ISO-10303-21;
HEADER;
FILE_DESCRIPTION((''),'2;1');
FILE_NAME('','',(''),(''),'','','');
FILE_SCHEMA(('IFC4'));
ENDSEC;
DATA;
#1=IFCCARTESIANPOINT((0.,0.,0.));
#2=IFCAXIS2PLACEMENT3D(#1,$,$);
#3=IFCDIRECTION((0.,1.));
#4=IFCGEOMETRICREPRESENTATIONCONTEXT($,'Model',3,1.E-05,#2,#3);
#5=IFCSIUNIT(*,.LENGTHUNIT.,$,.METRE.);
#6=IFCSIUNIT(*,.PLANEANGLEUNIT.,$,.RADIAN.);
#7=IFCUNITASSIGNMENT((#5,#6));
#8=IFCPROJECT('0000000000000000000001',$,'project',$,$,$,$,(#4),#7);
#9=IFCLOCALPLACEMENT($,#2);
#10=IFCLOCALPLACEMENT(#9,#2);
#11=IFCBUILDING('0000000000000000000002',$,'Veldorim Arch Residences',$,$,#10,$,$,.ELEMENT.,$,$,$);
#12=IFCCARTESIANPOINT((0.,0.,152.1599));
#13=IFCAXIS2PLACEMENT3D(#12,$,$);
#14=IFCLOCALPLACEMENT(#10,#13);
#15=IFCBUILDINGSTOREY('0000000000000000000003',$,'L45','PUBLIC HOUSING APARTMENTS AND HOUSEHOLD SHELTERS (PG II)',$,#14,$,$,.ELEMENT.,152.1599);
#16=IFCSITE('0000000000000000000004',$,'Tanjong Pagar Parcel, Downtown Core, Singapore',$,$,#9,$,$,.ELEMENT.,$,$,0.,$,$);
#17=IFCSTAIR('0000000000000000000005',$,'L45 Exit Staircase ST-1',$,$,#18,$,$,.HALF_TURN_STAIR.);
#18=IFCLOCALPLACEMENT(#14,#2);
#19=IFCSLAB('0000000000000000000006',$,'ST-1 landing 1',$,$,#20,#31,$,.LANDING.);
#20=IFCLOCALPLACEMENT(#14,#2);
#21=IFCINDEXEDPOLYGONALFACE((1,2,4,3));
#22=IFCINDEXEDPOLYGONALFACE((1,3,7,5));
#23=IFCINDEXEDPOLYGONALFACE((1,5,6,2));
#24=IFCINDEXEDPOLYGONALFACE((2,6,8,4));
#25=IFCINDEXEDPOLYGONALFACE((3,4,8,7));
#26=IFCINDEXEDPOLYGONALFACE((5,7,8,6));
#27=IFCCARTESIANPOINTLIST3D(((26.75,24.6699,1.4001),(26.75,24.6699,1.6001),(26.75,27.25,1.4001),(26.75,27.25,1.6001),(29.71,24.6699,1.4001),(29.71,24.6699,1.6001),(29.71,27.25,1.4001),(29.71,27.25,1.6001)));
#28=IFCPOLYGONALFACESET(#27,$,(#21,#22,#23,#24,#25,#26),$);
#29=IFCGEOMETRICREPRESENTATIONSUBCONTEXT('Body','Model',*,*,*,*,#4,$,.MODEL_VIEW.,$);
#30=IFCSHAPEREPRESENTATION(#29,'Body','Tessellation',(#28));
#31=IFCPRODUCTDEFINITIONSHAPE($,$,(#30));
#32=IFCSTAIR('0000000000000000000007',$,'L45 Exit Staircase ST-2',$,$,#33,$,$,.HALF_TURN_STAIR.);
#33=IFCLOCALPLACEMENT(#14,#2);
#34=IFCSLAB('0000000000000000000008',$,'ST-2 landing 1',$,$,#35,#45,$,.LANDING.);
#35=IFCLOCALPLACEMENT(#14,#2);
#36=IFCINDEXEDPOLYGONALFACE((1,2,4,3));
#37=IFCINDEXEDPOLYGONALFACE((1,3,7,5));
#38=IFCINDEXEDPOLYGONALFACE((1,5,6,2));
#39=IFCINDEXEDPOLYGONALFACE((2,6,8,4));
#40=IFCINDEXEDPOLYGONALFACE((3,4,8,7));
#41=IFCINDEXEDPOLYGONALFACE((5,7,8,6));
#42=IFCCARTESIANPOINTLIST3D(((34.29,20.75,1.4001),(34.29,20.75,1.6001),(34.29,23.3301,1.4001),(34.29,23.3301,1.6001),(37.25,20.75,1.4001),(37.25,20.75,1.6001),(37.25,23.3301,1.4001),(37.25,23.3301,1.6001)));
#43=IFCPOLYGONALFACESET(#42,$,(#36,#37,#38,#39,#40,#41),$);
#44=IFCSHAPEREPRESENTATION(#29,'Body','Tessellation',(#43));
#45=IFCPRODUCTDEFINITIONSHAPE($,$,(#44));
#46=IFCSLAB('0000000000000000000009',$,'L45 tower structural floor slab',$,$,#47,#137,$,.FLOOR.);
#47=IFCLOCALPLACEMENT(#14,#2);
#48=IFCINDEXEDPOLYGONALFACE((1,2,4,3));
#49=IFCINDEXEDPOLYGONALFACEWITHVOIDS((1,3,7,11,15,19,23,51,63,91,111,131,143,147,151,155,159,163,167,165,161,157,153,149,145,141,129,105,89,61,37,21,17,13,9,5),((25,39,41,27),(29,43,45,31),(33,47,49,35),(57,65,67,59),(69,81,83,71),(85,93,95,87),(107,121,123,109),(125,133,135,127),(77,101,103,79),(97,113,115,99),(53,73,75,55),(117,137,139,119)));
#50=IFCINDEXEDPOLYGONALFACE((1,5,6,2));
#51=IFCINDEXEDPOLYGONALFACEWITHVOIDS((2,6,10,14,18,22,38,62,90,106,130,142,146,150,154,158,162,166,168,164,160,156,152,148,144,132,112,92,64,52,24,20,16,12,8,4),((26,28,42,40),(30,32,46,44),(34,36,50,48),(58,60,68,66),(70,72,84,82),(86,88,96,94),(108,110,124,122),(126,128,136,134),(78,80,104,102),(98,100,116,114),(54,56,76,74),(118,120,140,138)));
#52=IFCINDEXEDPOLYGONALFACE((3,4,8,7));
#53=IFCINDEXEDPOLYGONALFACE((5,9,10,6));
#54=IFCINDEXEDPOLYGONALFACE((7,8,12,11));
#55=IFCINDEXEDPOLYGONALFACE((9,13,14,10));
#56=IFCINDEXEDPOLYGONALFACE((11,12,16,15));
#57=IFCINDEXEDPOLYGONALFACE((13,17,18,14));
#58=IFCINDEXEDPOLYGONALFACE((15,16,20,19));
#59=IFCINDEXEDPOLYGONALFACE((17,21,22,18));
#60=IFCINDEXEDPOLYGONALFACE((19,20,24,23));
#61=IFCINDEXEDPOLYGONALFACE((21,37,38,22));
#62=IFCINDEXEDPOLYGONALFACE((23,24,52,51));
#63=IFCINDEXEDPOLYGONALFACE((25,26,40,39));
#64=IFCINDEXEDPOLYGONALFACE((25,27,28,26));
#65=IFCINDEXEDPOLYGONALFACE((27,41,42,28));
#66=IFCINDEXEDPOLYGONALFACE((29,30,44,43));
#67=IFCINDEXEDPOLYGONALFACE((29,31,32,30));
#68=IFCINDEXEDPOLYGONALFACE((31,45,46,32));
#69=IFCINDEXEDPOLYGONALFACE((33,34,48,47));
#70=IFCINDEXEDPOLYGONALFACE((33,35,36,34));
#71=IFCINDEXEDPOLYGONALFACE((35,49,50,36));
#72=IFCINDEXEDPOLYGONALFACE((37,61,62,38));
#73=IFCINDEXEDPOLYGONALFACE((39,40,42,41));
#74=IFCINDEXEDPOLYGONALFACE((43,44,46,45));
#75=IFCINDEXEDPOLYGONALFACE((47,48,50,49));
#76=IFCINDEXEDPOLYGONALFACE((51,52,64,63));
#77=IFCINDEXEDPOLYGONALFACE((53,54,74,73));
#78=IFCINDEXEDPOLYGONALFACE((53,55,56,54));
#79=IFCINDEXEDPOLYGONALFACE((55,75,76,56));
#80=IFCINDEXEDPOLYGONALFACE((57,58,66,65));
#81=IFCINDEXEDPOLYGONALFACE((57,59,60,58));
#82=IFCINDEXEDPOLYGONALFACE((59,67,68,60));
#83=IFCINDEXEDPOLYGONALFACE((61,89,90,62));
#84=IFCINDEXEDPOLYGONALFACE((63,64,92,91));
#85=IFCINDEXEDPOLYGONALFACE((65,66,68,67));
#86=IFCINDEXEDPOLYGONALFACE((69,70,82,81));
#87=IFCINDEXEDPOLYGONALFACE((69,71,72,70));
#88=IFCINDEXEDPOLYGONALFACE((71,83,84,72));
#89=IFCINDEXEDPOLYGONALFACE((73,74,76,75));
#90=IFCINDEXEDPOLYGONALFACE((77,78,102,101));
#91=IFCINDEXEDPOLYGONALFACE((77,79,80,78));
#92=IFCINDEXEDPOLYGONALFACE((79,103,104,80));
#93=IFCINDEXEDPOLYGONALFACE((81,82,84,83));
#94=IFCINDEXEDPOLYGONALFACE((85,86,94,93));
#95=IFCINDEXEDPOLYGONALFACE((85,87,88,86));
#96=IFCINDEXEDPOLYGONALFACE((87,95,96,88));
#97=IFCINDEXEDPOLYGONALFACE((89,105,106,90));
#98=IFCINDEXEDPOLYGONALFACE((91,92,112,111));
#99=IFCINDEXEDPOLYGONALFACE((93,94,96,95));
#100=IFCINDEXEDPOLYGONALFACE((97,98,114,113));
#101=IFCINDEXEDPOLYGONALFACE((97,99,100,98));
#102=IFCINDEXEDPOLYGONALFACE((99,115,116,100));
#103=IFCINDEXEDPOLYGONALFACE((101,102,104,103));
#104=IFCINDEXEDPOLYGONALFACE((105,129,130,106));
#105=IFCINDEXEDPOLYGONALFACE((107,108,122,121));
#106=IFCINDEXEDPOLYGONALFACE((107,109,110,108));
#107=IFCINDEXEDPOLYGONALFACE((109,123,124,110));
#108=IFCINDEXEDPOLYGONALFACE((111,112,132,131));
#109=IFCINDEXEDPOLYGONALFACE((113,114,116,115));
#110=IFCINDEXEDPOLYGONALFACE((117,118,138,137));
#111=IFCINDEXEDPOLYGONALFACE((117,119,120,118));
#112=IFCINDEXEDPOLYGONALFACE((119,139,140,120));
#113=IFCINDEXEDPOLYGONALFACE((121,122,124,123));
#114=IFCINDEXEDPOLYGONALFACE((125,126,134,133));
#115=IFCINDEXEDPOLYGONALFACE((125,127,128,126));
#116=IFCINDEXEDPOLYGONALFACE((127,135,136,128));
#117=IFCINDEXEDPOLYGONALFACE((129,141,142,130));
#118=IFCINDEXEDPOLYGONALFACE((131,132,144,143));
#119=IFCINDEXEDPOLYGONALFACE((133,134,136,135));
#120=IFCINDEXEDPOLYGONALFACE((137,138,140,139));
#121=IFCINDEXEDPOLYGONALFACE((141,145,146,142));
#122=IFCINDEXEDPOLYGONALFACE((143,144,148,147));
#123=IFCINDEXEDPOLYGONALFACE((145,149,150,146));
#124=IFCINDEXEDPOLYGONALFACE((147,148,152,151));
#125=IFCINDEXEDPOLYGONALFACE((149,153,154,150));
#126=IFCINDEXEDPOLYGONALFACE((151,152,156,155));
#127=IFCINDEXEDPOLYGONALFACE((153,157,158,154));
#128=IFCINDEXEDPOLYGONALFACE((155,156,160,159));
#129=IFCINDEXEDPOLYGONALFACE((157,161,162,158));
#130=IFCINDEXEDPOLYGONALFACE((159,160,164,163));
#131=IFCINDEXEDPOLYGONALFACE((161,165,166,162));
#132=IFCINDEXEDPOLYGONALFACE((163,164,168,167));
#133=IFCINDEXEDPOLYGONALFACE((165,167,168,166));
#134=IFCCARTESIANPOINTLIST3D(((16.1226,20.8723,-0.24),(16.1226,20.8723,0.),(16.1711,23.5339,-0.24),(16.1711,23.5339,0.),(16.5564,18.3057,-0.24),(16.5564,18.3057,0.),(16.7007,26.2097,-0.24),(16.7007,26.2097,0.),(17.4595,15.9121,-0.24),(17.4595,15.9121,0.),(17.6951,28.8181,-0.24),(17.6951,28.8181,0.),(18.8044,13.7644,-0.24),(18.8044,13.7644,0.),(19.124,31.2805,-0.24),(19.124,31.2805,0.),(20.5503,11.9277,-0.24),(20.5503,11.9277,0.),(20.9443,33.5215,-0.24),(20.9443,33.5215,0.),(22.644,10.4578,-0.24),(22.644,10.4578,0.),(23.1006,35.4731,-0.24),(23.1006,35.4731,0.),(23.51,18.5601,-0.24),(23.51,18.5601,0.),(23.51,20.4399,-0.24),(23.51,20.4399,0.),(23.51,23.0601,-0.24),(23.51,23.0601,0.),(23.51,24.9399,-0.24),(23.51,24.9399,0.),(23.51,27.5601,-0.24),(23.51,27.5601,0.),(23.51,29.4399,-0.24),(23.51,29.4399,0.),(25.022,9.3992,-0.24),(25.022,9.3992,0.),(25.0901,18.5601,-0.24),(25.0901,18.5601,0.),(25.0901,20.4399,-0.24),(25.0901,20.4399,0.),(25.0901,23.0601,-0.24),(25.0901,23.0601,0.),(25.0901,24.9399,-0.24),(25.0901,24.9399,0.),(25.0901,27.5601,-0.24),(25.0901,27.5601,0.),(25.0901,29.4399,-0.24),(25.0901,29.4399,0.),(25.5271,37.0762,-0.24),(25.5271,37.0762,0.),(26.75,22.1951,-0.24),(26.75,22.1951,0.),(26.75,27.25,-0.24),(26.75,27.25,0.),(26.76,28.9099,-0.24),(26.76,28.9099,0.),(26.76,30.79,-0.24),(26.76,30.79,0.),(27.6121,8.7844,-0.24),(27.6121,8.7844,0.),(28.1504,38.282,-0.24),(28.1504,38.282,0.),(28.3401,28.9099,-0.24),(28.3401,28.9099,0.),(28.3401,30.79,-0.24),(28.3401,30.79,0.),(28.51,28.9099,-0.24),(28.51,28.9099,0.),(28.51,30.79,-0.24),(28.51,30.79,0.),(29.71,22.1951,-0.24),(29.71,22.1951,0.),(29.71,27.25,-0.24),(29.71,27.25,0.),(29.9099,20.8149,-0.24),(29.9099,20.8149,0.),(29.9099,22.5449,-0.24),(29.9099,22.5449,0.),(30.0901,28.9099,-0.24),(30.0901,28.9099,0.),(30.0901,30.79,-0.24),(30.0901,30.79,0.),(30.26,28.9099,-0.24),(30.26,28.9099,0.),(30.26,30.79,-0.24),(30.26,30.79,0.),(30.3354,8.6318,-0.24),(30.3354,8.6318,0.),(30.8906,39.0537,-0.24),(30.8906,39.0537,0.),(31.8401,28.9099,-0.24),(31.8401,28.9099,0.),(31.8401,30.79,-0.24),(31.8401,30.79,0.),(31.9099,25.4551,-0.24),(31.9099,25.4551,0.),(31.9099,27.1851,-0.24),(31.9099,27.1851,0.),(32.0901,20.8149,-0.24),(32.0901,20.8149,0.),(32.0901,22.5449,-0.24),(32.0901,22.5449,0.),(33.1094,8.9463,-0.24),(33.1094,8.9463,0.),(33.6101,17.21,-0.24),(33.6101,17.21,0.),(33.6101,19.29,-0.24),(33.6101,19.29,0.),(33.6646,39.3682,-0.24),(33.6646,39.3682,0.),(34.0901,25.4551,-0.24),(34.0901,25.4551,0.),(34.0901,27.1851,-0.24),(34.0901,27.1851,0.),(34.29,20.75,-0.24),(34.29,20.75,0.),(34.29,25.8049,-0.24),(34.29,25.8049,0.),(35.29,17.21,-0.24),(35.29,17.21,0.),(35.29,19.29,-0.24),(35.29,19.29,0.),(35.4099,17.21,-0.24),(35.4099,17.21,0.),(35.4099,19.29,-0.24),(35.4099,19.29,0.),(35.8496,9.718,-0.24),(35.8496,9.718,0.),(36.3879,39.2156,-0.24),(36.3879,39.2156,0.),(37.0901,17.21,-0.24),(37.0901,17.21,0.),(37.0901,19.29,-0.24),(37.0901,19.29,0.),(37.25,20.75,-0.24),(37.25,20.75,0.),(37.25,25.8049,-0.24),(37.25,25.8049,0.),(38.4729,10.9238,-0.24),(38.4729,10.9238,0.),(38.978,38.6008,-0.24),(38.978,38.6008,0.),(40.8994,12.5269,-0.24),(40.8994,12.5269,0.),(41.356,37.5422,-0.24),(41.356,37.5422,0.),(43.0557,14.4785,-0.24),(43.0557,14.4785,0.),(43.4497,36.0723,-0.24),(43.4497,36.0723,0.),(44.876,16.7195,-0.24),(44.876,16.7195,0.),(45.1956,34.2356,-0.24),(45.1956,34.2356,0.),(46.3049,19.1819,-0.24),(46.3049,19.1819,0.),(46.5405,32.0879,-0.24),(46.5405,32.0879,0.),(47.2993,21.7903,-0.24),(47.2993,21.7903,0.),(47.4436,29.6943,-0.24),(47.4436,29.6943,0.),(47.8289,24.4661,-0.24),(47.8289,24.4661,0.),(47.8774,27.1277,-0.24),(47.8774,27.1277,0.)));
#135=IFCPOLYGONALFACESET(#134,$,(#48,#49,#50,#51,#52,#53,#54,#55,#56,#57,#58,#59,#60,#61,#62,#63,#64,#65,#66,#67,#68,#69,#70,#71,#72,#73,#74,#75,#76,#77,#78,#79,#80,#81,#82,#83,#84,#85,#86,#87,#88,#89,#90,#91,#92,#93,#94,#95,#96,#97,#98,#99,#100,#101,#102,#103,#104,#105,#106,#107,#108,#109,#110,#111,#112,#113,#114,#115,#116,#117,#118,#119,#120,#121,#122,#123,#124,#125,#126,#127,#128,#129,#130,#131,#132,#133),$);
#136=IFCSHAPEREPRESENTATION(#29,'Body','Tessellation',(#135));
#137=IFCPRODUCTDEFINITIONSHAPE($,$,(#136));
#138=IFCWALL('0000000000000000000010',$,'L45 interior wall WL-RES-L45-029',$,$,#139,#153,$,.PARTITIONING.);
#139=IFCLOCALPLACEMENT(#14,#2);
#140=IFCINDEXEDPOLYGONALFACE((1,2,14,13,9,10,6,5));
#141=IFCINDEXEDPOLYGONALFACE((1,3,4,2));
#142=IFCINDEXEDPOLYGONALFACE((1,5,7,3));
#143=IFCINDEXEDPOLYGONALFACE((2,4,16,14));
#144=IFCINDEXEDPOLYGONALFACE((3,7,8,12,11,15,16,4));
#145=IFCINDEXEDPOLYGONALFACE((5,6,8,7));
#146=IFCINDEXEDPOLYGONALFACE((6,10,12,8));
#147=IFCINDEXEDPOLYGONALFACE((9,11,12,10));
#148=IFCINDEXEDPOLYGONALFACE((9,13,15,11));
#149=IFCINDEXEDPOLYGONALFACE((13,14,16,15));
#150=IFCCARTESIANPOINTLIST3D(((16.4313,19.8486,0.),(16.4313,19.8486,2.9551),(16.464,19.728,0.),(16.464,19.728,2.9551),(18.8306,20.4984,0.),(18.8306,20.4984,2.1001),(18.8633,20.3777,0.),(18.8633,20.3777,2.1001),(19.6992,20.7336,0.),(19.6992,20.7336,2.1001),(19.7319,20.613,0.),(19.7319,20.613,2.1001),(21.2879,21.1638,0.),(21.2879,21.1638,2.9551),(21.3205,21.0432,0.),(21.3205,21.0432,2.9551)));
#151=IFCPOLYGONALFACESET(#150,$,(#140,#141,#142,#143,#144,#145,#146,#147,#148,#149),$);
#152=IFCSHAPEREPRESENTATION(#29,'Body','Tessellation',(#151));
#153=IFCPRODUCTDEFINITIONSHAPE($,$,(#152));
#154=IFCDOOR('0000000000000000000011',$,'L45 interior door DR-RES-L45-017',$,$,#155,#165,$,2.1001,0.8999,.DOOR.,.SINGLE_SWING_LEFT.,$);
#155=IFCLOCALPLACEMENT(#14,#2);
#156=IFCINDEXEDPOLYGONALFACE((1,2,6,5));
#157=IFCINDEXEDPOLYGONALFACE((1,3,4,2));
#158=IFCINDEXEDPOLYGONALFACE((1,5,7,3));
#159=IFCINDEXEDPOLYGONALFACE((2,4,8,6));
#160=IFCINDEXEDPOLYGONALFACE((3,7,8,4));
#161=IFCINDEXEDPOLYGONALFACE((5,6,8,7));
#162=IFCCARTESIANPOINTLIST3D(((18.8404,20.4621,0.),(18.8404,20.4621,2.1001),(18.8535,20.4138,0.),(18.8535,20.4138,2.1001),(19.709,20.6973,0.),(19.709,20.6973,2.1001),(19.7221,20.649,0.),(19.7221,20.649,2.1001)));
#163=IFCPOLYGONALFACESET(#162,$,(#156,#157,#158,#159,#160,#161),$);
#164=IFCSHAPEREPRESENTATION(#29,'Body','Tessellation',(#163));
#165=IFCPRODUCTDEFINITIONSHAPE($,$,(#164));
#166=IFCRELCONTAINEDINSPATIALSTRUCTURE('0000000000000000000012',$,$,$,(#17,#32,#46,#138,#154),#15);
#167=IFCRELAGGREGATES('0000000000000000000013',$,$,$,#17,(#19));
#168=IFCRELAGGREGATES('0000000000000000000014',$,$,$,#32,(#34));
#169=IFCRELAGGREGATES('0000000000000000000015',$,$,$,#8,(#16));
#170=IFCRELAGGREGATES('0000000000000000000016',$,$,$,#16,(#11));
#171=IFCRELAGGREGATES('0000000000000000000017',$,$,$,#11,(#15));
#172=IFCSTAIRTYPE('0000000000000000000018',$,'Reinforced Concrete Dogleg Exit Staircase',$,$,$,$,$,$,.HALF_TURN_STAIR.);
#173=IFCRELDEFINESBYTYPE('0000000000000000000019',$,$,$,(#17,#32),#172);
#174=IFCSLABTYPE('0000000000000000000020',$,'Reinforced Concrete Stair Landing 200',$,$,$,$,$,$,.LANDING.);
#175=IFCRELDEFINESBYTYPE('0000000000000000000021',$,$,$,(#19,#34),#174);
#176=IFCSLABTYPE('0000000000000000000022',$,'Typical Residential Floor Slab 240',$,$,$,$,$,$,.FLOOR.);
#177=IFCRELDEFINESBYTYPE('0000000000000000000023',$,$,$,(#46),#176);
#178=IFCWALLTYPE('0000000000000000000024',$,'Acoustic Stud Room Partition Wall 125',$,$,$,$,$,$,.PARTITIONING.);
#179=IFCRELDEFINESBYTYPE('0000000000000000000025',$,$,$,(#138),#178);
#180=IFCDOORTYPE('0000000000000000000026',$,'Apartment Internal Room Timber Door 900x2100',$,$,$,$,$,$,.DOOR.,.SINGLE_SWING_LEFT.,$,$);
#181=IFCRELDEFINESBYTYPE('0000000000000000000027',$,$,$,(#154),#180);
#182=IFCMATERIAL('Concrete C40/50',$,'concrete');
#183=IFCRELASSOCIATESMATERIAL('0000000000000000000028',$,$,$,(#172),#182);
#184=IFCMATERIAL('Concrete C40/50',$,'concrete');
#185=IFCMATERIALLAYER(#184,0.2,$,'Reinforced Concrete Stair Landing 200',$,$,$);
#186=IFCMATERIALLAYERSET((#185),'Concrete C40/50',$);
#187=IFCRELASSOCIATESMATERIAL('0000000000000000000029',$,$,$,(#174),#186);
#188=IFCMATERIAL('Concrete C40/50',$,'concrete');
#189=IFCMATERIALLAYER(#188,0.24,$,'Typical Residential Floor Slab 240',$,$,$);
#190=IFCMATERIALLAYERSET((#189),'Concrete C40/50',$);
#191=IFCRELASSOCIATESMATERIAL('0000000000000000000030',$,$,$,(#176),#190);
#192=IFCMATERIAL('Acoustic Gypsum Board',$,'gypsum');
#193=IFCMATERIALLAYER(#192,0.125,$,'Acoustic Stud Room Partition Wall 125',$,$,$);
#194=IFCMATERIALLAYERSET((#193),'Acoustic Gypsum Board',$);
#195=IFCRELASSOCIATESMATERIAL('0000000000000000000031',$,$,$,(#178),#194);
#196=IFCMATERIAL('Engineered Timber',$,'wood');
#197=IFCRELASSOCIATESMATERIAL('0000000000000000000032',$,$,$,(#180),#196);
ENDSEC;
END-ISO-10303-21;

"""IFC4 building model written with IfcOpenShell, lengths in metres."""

from ifc_helpers import new_model, si_unit, direction, frame, frame_2d, origin, place, context, subcontext, project, spatial, polyline, rectangle, outline, extrude, material, layer, layer_set, type_object, element, fill, aggregate, save


model = new_model("IFC4")

# Units and contexts
model_context = context("Model", 3, precision=1e-05, world=origin(), true_north=direction((0.0, 1.0)))
body_context = subcontext(model_context, "Body", "Model", "MODEL_VIEW")
ifc_project = project(units=[si_unit("LENGTHUNIT", "METRE"), si_unit("PLANEANGLEUNIT", "RADIAN")], contexts=[model_context])

# Site, building, storey
site_placement = place(None, origin())
site = spatial("IfcSite", under=ifc_project, at=site_placement, Name="Tanjong Pagar Parcel, Downtown Core, Singapore", CompositionType="ELEMENT", RefElevation=0.0)
building_placement = place(site_placement, origin())
building = spatial("IfcBuilding", under=site, at=building_placement, Name="Veldorim Arch Residences", CompositionType="ELEMENT")
storey_placement = place(building_placement, frame((0.0, 0.0, 152.1599)))
storey = spatial("IfcBuildingStorey", under=building, at=storey_placement, Name="L45", Description="PUBLIC HOUSING APARTMENTS AND HOUSEHOLD SHELTERS (PG II)", CompositionType="ELEMENT", Elevation=152.1599)

# Stairs, slabs
ifc_material_1 = material(Name="Concrete C40/50", Category="concrete")
stair_type = type_object("IfcStairType", Name="Reinforced Concrete Dogleg Exit Staircase", PredefinedType="HALF_TURN_STAIR", material=ifc_material_1)
stair_1_placement = place(storey_placement, origin())
stair_1 = element("IfcStair", 1, at=stair_1_placement, inside=storey, type_object=stair_type, Name="L45 Exit Staircase ST-1", PredefinedType="HALF_TURN_STAIR")
ifc_material_2 = material(Name="Concrete C40/50", Category="concrete")
ifc_layer_1 = layer(ifc_material_2, 0.2, Name="Reinforced Concrete Stair Landing 200")
ifc_layer_set_1 = layer_set([ifc_layer_1], Name="Concrete C40/50")
slab_type_1 = type_object("IfcSlabType", Name="Reinforced Concrete Stair Landing 200", PredefinedType="LANDING", material=ifc_layer_set_1)
slab_1_placement = place(storey_placement, frame((0.0, 0.0, 1.4001)))
slab_1 = element("IfcSlab", 2, at=slab_1_placement, type_object=slab_type_1, Name="ST-1 landing 1", PredefinedType="LANDING", context=body_context, shape_type="SweptSolid", body=[
    extrude(outline(polyline([(29.71, 24.6699), (29.71, 27.25), (26.75, 27.25), (26.75, 24.6699), (29.71, 24.6699)])), origin(), (0.0, 0.0, 1.0), 0.2),
])
aggregate(stair_1, [slab_1])
stair_2_placement = place(storey_placement, origin())
stair_2 = element("IfcStair", 3, at=stair_2_placement, inside=storey, type_object=stair_type, Name="L45 Exit Staircase ST-2", PredefinedType="HALF_TURN_STAIR")
slab_2_placement = place(storey_placement, frame((0.0, 0.0, 1.4001)))
slab_2 = element("IfcSlab", 4, at=slab_2_placement, type_object=slab_type_1, Name="ST-2 landing 1", PredefinedType="LANDING", context=body_context, shape_type="SweptSolid", body=[
    extrude(outline(polyline([(34.29, 23.3301), (34.29, 20.75), (37.25, 20.75), (37.25, 23.3301), (34.29, 23.3301)])), origin(), (0.0, 0.0, 1.0), 0.2),
])
aggregate(stair_2, [slab_2])

# Slab
ifc_material_3 = material(Name="Concrete C40/50", Category="concrete")
ifc_layer_2 = layer(ifc_material_3, 0.24, Name="Typical Residential Floor Slab 240")
ifc_layer_set_2 = layer_set([ifc_layer_2], Name="Concrete C40/50")
slab_type_2 = type_object("IfcSlabType", Name="Typical Residential Floor Slab 240", PredefinedType="FLOOR", material=ifc_layer_set_2)
slab_3_placement = place(storey_placement, frame((0.0, 0.0, -0.24)))
element("IfcSlab", 5, at=slab_3_placement, inside=storey, type_object=slab_type_2, Name="L45 tower structural floor slab", PredefinedType="FLOOR", context=body_context, shape_type="SweptSolid", body=[
    extrude(outline(polyline([(45.1956, 34.2356), (43.4497, 36.0723), (41.356, 37.5422), (38.978, 38.6008), (36.3879, 39.2156), (33.6646, 39.3682), (30.8906, 39.0537), (28.1504, 38.282), (25.5271, 37.0762), (23.1006, 35.4731), (20.9443, 33.5215), (19.124, 31.2805), (17.6951, 28.8181), (16.7007, 26.2097), (16.1711, 23.5339), (16.1226, 20.8723), (16.5564, 18.3057), (17.4595, 15.9121), (18.8044, 13.7644), (20.5503, 11.9277), (22.644, 10.4578), (25.022, 9.3992), (27.6121, 8.7844), (30.3354, 8.6318), (33.1094, 8.9463), (35.8496, 9.718), (38.4729, 10.9238), (40.8994, 12.5269), (43.0557, 14.4785), (44.876, 16.7195), (46.3049, 19.1819), (47.2993, 21.7903), (47.8289, 24.4661), (47.8774, 27.1277), (47.4436, 29.6943), (46.5405, 32.0879), (45.1956, 34.2356)]), holes=[polyline([(23.51, 18.5601), (23.51, 20.4399), (25.0901, 20.4399), (25.0901, 18.5601), (23.51, 18.5601)]), polyline([(23.51, 24.9399), (25.0901, 24.9399), (25.0901, 23.0601), (23.51, 23.0601), (23.51, 24.9399)]), polyline([(26.75, 27.25), (29.71, 27.25), (29.71, 22.1951), (26.75, 22.1951), (26.75, 27.25)]), polyline([(23.51, 27.5601), (23.51, 29.4399), (25.0901, 29.4399), (25.0901, 27.5601), (23.51, 27.5601)]), polyline([(26.76, 30.79), (28.3401, 30.79), (28.3401, 28.9099), (26.76, 28.9099), (26.76, 30.79)]), polyline([(28.51, 30.79), (30.0901, 30.79), (30.0901, 28.9099), (28.51, 28.9099), (28.51, 30.79)]), polyline([(33.6101, 17.21), (33.6101, 19.29), (35.29, 19.29), (35.29, 17.21), (33.6101, 17.21)]), polyline([(35.4099, 19.29), (37.0901, 19.29), (37.0901, 17.21), (35.4099, 17.21), (35.4099, 19.29)]), polyline([(29.9099, 22.5449), (32.0901, 22.5449), (32.0901, 20.8149), (29.9099, 20.8149), (29.9099, 22.5449)]), polyline([(34.29, 20.75), (34.29, 25.8049), (37.25, 25.8049), (37.25, 20.75), (34.29, 20.75)]), polyline([(31.9099, 27.1851), (34.0901, 27.1851), (34.0901, 25.4551), (31.9099, 25.4551), (31.9099, 27.1851)]), polyline([(30.26, 30.79), (31.8401, 30.79), (31.8401, 28.9099), (30.26, 28.9099), (30.26, 30.79)])]), origin(), (0.0, 0.0, 1.0), 0.24),
])

# Wall, opening, door
ifc_material_4 = material(Name="Acoustic Gypsum Board", Category="gypsum")
ifc_layer_3 = layer(ifc_material_4, 0.125, Name="Acoustic Stud Room Partition Wall 125")
ifc_layer_set_3 = layer_set([ifc_layer_3], Name="Acoustic Gypsum Board")
wall_type_1 = type_object("IfcWallType", Name="Acoustic Stud Room Partition Wall 125", PredefinedType="PARTITIONING", material=ifc_layer_set_3)
wall_1_placement = place(storey_placement, frame((16.4478, 19.7883, 0.0), z_axis=(0.0, 0.0, 1.0), x_axis=(0.965231, 0.261397, 0.0)))
wall_1 = element("IfcWall", 6, at=wall_1_placement, inside=storey, type_object=wall_type_1, Name="L45 interior wall WL-RES-L45-029", PredefinedType="PARTITIONING", context=body_context, shape_type="SweptSolid", body=[
    extrude(rectangle(XDim=5.0315, YDim=0.125, at=frame_2d((2.5156, 0.0))), origin(), (0.0, 0.0, 1.0), 2.9551),
])
opening_1_placement = place(wall_1_placement, frame((2.4856, 0.0, 0.0)))
opening_1 = element("IfcOpeningElement", 7, at=opening_1_placement, cuts=wall_1, PredefinedType="OPENING", context=body_context, shape_type="SweptSolid", body=[
    extrude(rectangle(XDim=0.8999, YDim=2.1001, at=frame_2d((0.45, 1.05))), frame((0.0, 0.0725, 0.0), z_axis=(0.0, -1.0, 0.0), x_axis=(1.0, 0.0, 0.0)), (0.0, 0.0, 1.0), 0.145),
])
ifc_material_5 = material(Name="Engineered Timber", Category="wood")
door_type = type_object("IfcDoorType", Name="Apartment Internal Room Timber Door 900x2100", OperationType="SINGLE_SWING_LEFT", PredefinedType="DOOR", material=ifc_material_5)
door_placement = place(opening_1_placement, origin())
door = element("IfcDoor", 8, at=door_placement, inside=storey, type_object=door_type, Name="L45 interior door DR-RES-L45-017", OperationType="SINGLE_SWING_LEFT", OverallHeight=2.1001, OverallWidth=0.8999, PredefinedType="DOOR", context=body_context, shape_type="SweptSolid", body=[
    extrude(rectangle(XDim=0.8999, YDim=2.1001, at=frame_2d((0.45, 1.05))), frame((0.0, 0.0249, 0.0), z_axis=(0.0, -1.0, 0.0), x_axis=(1.0, 0.0, 0.0)), (0.0, 0.0, 1.0), 0.05),
])
fill(opening_1, door)

save(model, "model.ifc")
